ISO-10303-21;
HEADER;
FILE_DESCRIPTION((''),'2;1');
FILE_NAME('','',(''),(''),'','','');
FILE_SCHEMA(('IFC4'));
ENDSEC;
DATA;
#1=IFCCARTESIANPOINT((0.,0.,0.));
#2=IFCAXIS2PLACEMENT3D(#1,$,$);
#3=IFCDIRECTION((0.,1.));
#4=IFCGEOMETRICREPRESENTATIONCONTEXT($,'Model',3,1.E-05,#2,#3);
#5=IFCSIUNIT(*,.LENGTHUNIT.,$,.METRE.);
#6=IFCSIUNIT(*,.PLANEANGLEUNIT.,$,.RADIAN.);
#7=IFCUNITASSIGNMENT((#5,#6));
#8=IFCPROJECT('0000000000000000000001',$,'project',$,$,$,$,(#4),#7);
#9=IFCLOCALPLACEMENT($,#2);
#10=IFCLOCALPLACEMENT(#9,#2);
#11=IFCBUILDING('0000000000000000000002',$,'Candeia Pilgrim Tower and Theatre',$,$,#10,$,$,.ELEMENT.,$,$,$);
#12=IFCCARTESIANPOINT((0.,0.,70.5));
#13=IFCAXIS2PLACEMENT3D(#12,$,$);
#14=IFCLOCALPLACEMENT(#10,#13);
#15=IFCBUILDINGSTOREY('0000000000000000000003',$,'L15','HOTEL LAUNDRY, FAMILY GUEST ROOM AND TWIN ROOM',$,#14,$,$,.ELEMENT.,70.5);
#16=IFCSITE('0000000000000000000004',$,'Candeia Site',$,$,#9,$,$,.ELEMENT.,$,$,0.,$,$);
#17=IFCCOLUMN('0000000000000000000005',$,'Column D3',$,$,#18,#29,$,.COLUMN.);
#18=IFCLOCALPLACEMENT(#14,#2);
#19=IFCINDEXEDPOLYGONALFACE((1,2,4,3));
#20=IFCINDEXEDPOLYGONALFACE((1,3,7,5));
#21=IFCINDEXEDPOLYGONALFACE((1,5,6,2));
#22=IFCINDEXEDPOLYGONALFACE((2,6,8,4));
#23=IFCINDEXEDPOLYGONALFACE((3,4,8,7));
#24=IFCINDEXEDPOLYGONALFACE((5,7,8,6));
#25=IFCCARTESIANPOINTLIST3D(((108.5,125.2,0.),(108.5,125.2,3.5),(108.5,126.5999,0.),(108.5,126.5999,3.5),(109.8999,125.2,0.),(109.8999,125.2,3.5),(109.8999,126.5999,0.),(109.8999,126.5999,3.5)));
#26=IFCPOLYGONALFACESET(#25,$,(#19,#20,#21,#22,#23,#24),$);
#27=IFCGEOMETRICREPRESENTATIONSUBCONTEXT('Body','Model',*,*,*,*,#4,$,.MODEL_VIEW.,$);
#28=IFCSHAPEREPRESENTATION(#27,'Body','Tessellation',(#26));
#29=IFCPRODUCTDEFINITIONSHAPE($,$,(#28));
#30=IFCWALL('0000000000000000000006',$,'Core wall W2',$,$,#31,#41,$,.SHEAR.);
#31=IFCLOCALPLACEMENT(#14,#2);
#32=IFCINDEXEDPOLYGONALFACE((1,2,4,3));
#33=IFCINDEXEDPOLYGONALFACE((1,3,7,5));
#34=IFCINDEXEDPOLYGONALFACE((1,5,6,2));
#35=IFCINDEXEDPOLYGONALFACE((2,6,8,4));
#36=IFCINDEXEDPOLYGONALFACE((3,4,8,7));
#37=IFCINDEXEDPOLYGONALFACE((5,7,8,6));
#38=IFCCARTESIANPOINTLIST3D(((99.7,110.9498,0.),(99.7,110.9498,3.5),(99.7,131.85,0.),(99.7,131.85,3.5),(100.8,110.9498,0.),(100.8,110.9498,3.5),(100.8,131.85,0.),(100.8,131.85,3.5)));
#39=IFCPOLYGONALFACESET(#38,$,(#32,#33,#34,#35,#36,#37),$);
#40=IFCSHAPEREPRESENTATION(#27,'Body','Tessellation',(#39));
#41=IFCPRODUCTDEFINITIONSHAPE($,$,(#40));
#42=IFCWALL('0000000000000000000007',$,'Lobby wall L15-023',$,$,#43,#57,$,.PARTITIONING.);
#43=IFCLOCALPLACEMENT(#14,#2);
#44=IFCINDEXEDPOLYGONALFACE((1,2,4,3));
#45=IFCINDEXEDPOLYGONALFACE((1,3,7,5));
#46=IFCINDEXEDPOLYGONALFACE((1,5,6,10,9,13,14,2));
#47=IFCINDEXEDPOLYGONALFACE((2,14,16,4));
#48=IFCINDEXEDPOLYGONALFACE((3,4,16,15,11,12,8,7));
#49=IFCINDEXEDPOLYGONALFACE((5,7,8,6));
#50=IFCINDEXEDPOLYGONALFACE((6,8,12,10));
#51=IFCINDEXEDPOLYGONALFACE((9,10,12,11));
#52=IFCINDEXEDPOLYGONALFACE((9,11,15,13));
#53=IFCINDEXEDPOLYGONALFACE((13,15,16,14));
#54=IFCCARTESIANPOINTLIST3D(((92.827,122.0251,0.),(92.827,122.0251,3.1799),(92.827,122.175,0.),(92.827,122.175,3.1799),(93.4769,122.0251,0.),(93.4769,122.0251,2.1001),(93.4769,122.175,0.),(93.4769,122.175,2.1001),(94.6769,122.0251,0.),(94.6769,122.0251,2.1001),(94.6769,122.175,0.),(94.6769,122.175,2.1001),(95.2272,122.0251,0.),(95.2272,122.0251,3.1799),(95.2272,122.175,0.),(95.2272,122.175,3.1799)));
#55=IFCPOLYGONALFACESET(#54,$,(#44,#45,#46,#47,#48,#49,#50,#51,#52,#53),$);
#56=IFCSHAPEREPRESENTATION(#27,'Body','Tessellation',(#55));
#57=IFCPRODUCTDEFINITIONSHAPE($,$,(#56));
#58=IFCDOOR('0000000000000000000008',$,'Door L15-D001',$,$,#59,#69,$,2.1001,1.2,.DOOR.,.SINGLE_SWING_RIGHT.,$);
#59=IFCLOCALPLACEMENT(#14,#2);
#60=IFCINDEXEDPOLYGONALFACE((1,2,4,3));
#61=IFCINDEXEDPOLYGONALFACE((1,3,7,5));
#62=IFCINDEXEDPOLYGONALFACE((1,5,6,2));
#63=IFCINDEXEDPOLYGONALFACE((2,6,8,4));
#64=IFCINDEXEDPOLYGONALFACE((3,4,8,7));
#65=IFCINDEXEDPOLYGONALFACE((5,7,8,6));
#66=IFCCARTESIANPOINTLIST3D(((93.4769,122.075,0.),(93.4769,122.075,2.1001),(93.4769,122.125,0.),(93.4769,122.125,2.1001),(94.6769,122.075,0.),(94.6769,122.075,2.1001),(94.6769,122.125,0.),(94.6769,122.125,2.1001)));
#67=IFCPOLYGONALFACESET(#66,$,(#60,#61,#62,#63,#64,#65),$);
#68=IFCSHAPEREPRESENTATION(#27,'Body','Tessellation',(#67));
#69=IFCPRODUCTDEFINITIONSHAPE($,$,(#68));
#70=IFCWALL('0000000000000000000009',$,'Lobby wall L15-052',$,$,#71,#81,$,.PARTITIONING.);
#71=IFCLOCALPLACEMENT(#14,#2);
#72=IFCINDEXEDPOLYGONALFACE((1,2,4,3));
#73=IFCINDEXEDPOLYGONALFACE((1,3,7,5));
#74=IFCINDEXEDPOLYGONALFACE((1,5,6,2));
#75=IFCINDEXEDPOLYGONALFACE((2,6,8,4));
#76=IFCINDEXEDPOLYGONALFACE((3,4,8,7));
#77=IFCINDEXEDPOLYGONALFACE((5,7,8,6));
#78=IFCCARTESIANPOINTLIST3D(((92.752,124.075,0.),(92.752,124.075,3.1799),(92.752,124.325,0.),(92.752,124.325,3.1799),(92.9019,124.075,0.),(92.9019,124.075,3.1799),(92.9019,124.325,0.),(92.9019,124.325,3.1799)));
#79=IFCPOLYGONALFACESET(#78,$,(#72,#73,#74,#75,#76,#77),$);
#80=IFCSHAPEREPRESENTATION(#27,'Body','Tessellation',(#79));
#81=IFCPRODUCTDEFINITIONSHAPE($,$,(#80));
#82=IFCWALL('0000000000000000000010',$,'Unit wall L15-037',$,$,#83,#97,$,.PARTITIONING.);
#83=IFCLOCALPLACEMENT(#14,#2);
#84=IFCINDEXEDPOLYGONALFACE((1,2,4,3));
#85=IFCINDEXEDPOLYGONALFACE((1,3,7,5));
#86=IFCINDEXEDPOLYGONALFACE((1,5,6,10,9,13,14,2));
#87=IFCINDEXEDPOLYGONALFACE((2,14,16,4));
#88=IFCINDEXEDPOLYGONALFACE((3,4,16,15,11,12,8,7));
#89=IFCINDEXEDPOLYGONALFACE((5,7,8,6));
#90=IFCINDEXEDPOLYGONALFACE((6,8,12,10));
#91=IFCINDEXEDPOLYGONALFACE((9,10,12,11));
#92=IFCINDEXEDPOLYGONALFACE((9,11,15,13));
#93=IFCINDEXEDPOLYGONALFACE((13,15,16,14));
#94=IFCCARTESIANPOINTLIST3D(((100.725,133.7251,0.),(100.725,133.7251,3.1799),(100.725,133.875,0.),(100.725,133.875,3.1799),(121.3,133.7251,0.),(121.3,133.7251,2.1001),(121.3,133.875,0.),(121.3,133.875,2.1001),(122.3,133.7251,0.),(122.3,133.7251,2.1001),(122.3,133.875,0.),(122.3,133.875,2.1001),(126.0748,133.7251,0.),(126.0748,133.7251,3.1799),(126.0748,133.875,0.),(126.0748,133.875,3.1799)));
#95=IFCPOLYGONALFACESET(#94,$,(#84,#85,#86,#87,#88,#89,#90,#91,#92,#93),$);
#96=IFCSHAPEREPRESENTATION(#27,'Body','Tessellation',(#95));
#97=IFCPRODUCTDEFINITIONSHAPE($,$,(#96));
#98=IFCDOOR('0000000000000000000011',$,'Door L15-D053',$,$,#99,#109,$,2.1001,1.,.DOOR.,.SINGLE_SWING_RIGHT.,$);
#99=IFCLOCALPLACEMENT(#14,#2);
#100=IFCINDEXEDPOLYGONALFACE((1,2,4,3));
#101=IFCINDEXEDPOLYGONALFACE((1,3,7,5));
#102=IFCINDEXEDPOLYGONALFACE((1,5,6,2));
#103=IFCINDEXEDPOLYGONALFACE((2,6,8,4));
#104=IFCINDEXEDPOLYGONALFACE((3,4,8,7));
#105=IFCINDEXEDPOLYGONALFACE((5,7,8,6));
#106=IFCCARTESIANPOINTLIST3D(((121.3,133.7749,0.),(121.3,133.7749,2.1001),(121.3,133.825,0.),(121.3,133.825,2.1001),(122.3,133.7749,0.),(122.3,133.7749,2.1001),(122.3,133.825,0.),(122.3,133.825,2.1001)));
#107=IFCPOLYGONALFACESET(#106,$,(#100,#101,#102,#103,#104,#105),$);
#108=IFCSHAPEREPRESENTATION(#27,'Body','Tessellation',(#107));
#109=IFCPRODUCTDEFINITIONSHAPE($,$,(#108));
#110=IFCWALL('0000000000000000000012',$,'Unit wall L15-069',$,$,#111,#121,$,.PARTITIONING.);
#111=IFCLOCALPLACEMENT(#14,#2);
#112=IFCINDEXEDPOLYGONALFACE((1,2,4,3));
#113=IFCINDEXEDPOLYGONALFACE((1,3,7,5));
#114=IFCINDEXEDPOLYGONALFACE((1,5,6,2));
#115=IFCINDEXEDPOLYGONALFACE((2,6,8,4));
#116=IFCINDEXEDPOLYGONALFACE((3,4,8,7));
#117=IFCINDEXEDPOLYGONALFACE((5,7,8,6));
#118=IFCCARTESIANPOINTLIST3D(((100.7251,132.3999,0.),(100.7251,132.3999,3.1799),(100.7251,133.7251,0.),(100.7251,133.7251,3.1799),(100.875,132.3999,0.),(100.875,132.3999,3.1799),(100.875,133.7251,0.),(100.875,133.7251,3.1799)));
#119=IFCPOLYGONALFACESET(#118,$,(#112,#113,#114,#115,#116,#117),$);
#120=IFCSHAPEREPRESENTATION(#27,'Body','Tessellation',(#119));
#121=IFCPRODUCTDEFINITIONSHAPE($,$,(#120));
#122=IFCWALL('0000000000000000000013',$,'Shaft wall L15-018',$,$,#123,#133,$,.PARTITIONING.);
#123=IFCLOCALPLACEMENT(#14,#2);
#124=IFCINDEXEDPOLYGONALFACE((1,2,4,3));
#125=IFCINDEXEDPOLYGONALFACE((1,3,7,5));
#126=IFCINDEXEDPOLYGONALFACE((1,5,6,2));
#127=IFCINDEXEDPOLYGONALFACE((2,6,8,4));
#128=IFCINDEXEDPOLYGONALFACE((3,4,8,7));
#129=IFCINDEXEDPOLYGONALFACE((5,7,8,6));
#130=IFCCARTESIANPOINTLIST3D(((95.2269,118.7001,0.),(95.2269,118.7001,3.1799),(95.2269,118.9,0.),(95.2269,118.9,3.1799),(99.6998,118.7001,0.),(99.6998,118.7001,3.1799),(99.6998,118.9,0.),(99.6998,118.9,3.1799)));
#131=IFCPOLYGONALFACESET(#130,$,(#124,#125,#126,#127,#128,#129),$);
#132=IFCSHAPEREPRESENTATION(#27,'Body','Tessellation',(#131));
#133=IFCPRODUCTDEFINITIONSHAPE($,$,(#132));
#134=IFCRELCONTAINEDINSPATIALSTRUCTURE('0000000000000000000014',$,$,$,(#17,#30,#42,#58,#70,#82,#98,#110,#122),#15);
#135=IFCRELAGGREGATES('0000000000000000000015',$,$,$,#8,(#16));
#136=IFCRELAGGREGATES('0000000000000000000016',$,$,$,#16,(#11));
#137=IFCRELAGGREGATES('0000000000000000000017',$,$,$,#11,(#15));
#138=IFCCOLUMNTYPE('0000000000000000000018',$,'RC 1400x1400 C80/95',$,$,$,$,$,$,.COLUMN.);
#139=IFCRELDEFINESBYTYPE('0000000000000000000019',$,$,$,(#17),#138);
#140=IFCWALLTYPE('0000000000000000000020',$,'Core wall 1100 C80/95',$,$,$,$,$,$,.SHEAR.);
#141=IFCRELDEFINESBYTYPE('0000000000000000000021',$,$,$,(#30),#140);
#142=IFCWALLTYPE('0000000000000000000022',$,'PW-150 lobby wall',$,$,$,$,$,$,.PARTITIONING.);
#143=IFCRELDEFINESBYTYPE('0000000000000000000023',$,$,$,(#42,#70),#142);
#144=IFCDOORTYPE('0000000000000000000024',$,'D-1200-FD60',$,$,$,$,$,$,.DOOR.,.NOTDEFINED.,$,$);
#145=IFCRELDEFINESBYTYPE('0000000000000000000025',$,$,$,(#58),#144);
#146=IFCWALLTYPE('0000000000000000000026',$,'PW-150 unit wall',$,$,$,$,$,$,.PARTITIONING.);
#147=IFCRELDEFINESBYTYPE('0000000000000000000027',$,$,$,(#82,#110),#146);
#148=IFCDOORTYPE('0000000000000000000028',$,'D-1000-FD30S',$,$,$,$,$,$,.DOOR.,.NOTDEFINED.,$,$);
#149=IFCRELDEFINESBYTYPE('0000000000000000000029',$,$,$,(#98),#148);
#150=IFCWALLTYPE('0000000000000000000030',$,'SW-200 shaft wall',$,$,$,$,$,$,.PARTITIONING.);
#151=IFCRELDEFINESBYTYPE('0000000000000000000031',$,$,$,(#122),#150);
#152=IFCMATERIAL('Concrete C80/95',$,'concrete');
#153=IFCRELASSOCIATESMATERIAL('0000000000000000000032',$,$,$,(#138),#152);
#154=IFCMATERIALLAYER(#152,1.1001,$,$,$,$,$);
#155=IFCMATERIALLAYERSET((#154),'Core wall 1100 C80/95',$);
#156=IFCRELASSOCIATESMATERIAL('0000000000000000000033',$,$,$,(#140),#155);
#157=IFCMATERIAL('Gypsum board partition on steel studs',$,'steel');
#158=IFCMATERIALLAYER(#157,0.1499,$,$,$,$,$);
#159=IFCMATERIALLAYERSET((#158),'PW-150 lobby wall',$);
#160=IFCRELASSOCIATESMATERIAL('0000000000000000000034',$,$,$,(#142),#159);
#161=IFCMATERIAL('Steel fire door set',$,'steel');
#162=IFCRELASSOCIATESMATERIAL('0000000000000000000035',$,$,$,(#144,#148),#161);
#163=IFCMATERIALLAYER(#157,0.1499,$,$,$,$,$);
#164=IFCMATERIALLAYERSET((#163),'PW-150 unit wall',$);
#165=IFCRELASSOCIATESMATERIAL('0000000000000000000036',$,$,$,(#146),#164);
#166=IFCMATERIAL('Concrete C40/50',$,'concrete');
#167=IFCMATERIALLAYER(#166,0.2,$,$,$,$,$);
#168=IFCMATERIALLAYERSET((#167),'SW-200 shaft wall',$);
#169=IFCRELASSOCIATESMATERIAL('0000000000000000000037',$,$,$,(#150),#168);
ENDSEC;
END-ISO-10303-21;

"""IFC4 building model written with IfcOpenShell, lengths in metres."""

from ifc_helpers import new_model, si_unit, direction, frame, frame_2d, origin, origin_2d, place, context, subcontext, project, spatial, rectangle, extrude, material, layer, layer_set, material_profile, profile_set, type_object, element, fill, save


model = new_model("IFC4")

# Units and contexts
model_context = context("Model", 3, precision=1e-05, world=origin(), true_north=direction((0.0, 1.0)))
body_context = subcontext(model_context, "Body", "Model", "MODEL_VIEW")
ifc_project = project(units=[si_unit("LENGTHUNIT", "METRE"), si_unit("PLANEANGLEUNIT", "RADIAN")], contexts=[model_context])

# Site, building, storey
site_placement = place(None, origin())
site = spatial("IfcSite", under=ifc_project, at=site_placement, Name="Candeia Site", CompositionType="ELEMENT", RefElevation=0.0)
building_placement = place(site_placement, origin())
building = spatial("IfcBuilding", under=site, at=building_placement, Name="Candeia Pilgrim Tower and Theatre", CompositionType="ELEMENT")
storey_placement = place(building_placement, frame((0.0, 0.0, 70.5)))
storey = spatial("IfcBuildingStorey", under=building, at=storey_placement, Name="L15", Description="HOTEL LAUNDRY, FAMILY GUEST ROOM AND TWIN ROOM", CompositionType="ELEMENT", Elevation=70.5)

# Column
ifc_material_1 = material(Name="Concrete C80/95", Category="concrete")
ifc_material_profile = material_profile(ifc_material_1, rectangle(XDim=1.3999, YDim=1.3999, at=origin_2d()))
ifc_profile_set = profile_set([ifc_material_profile], Name="Concrete C80/95")
column_type = type_object("IfcColumnType", Name="RC 1400x1400 C80/95", PredefinedType="COLUMN", material=ifc_profile_set)
column_placement = place(storey_placement, frame((109.2, 125.8999, 0.0), z_axis=(0.0, 0.0, 1.0), x_axis=(1.0, 0.0, 0.0)))
element("IfcColumn", 1, at=column_placement, inside=storey, type_object=column_type, Name="Column D3", PredefinedType="COLUMN", context=body_context, shape_type="SweptSolid", body=[
    extrude(rectangle(XDim=1.3999, YDim=1.3999, at=origin_2d()), origin(), (0.0, 0.0, 1.0), 3.5),
])

# Wall
ifc_layer_1 = layer(ifc_material_1, 1.1001)
ifc_layer_set_1 = layer_set([ifc_layer_1], Name="Core wall 1100 C80/95")
wall_type_1 = type_object("IfcWallType", Name="Core wall 1100 C80/95", PredefinedType="SHEAR", material=ifc_layer_set_1)
wall_1_placement = place(storey_placement, frame((100.25, 131.8501, 0.0), z_axis=(0.0, 0.0, 1.0), x_axis=(0.0, -1.0, 0.0)))
element("IfcWall", 2, at=wall_1_placement, inside=storey, type_object=wall_type_1, Name="Core wall W2", PredefinedType="SHEAR", context=body_context, shape_type="SweptSolid", body=[
    extrude(rectangle(XDim=20.9001, YDim=1.1001, at=frame_2d((10.4502, 0.0))), origin(), (0.0, 0.0, 1.0), 3.5),
])

# Wall, opening, door
ifc_material_2 = material(Name="Gypsum board partition on steel studs", Category="steel")
ifc_layer_2 = layer(ifc_material_2, 0.1499)
ifc_layer_set_2 = layer_set([ifc_layer_2], Name="PW-150 lobby wall")
wall_type_2 = type_object("IfcWallType", Name="PW-150 lobby wall", PredefinedType="PARTITIONING", material=ifc_layer_set_2)
wall_2_placement = place(storey_placement, frame((92.8269, 122.1001, 0.0), z_axis=(0.0, 0.0, 1.0), x_axis=(1.0, 0.0, 0.0)))
wall_2 = element("IfcWall", 3, at=wall_2_placement, inside=storey, type_object=wall_type_2, Name="Lobby wall L15-023", PredefinedType="PARTITIONING", context=body_context, shape_type="SweptSolid", body=[
    extrude(rectangle(XDim=2.4001, YDim=0.1499, at=frame_2d((1.2002, 0.0))), origin(), (0.0, 0.0, 1.0), 3.1799),
])
opening_1_placement = place(wall_2_placement, frame((0.6499, 0.0, 0.0)))
opening_1 = element("IfcOpeningElement", 4, at=opening_1_placement, cuts=wall_2, PredefinedType="OPENING", context=body_context, shape_type="SweptSolid", body=[
    extrude(rectangle(XDim=1.2, YDim=2.1001, at=frame_2d((0.6001, 1.05))), frame((0.0, 0.085, 0.0), z_axis=(0.0, -1.0, 0.0), x_axis=(1.0, 0.0, 0.0)), (0.0, 0.0, 1.0), 0.1699),
])
ifc_material_3 = material(Name="Steel fire door set", Category="steel")
door_type_1 = type_object("IfcDoorType", Name="D-1200-FD60", OperationType="NOTDEFINED", PredefinedType="DOOR", material=ifc_material_3)
door_1_placement = place(opening_1_placement, origin())
door_1 = element("IfcDoor", 5, at=door_1_placement, inside=storey, type_object=door_type_1, Name="Door L15-D001", OperationType="SINGLE_SWING_RIGHT", OverallHeight=2.1001, OverallWidth=1.2, PredefinedType="DOOR", context=body_context, shape_type="SweptSolid", body=[
    extrude(rectangle(XDim=1.2, YDim=2.1001, at=frame_2d((0.6001, 1.05))), frame((0.0, 0.0249, 0.0), z_axis=(0.0, -1.0, 0.0), x_axis=(1.0, 0.0, 0.0)), (0.0, 0.0, 1.0), 0.05),
])
fill(opening_1, door_1)

# Wall
wall_3_placement = place(storey_placement, frame((92.8269, 124.075, 0.0), z_axis=(0.0, 0.0, 1.0), x_axis=(0.0, 1.0, 0.0)))
element("IfcWall", 6, at=wall_3_placement, inside=storey, type_object=wall_type_2, Name="Lobby wall L15-052", PredefinedType="PARTITIONING", context=body_context, shape_type="SweptSolid", body=[
    extrude(rectangle(XDim=0.25, YDim=0.1499, at=frame_2d((0.125, 0.0))), origin(), (0.0, 0.0, 1.0), 3.1799),
])

# Wall, opening, door
ifc_layer_3 = layer(ifc_material_2, 0.1499)
ifc_layer_set_3 = layer_set([ifc_layer_3], Name="PW-150 unit wall")
wall_type_3 = type_object("IfcWallType", Name="PW-150 unit wall", PredefinedType="PARTITIONING", material=ifc_layer_set_3)
wall_4_placement = place(storey_placement, frame((100.7251, 133.8, 0.0), z_axis=(0.0, 0.0, 1.0), x_axis=(1.0, 0.0, 0.0)))
wall_4 = element("IfcWall", 7, at=wall_4_placement, inside=storey, type_object=wall_type_3, Name="Unit wall L15-037", PredefinedType="PARTITIONING", context=body_context, shape_type="SweptSolid", body=[
    extrude(rectangle(XDim=25.3499, YDim=0.1499, at=frame_2d((12.6748, 0.0))), origin(), (0.0, 0.0, 1.0), 3.1799),
])
opening_2_placement = place(wall_4_placement, frame((20.575, 0.0, 0.0)))
opening_2 = element("IfcOpeningElement", 8, at=opening_2_placement, cuts=wall_4, PredefinedType="OPENING", context=body_context, shape_type="SweptSolid", body=[
    extrude(rectangle(XDim=1.0, YDim=2.1001, at=frame_2d((0.5, 1.05))), frame((0.0, 0.085, 0.0), z_axis=(0.0, -1.0, 0.0), x_axis=(1.0, 0.0, 0.0)), (0.0, 0.0, 1.0), 0.1699),
])
door_type_2 = type_object("IfcDoorType", Name="D-1000-FD30S", OperationType="NOTDEFINED", PredefinedType="DOOR", material=ifc_material_3)
door_2_placement = place(opening_2_placement, origin())
door_2 = element("IfcDoor", 9, at=door_2_placement, inside=storey, type_object=door_type_2, Name="Door L15-D053", OperationType="SINGLE_SWING_RIGHT", OverallHeight=2.1001, OverallWidth=1.0, PredefinedType="DOOR", context=body_context, shape_type="SweptSolid", body=[
    extrude(rectangle(XDim=1.0, YDim=2.1001, at=frame_2d((0.5, 1.05))), frame((0.0, 0.0249, 0.0), z_axis=(0.0, -1.0, 0.0), x_axis=(1.0, 0.0, 0.0)), (0.0, 0.0, 1.0), 0.05),
])
fill(opening_2, door_2)

# Walls
wall_5_placement = place(storey_placement, frame((100.8, 132.3999, 0.0), z_axis=(0.0, 0.0, 1.0), x_axis=(0.0, 1.0, 0.0)))
element("IfcWall", 10, at=wall_5_placement, inside=storey, type_object=wall_type_3, Name="Unit wall L15-069", PredefinedType="PARTITIONING", context=body_context, shape_type="SweptSolid", body=[
    extrude(rectangle(XDim=1.3252, YDim=0.1499, at=frame_2d((0.6626, 0.0))), origin(), (0.0, 0.0, 1.0), 3.1799),
])
ifc_material_4 = material(Name="Concrete C40/50", Category="concrete")
ifc_layer_4 = layer(ifc_material_4, 0.2)
ifc_layer_set_4 = layer_set([ifc_layer_4], Name="SW-200 shaft wall")
wall_type_4 = type_object("IfcWallType", Name="SW-200 shaft wall", PredefinedType="PARTITIONING", material=ifc_layer_set_4)
wall_6_placement = place(storey_placement, frame((95.2271, 118.8, 0.0), z_axis=(0.0, 0.0, 1.0), x_axis=(1.0, 0.0, 0.0)))
element("IfcWall", 11, at=wall_6_placement, inside=storey, type_object=wall_type_4, Name="Shaft wall L15-018", PredefinedType="PARTITIONING", context=body_context, shape_type="SweptSolid", body=[
    extrude(rectangle(XDim=4.4729, YDim=0.2, at=frame_2d((2.2363, 0.0))), origin(), (0.0, 0.0, 1.0), 3.1799),
])

save(model, "model.ifc")
